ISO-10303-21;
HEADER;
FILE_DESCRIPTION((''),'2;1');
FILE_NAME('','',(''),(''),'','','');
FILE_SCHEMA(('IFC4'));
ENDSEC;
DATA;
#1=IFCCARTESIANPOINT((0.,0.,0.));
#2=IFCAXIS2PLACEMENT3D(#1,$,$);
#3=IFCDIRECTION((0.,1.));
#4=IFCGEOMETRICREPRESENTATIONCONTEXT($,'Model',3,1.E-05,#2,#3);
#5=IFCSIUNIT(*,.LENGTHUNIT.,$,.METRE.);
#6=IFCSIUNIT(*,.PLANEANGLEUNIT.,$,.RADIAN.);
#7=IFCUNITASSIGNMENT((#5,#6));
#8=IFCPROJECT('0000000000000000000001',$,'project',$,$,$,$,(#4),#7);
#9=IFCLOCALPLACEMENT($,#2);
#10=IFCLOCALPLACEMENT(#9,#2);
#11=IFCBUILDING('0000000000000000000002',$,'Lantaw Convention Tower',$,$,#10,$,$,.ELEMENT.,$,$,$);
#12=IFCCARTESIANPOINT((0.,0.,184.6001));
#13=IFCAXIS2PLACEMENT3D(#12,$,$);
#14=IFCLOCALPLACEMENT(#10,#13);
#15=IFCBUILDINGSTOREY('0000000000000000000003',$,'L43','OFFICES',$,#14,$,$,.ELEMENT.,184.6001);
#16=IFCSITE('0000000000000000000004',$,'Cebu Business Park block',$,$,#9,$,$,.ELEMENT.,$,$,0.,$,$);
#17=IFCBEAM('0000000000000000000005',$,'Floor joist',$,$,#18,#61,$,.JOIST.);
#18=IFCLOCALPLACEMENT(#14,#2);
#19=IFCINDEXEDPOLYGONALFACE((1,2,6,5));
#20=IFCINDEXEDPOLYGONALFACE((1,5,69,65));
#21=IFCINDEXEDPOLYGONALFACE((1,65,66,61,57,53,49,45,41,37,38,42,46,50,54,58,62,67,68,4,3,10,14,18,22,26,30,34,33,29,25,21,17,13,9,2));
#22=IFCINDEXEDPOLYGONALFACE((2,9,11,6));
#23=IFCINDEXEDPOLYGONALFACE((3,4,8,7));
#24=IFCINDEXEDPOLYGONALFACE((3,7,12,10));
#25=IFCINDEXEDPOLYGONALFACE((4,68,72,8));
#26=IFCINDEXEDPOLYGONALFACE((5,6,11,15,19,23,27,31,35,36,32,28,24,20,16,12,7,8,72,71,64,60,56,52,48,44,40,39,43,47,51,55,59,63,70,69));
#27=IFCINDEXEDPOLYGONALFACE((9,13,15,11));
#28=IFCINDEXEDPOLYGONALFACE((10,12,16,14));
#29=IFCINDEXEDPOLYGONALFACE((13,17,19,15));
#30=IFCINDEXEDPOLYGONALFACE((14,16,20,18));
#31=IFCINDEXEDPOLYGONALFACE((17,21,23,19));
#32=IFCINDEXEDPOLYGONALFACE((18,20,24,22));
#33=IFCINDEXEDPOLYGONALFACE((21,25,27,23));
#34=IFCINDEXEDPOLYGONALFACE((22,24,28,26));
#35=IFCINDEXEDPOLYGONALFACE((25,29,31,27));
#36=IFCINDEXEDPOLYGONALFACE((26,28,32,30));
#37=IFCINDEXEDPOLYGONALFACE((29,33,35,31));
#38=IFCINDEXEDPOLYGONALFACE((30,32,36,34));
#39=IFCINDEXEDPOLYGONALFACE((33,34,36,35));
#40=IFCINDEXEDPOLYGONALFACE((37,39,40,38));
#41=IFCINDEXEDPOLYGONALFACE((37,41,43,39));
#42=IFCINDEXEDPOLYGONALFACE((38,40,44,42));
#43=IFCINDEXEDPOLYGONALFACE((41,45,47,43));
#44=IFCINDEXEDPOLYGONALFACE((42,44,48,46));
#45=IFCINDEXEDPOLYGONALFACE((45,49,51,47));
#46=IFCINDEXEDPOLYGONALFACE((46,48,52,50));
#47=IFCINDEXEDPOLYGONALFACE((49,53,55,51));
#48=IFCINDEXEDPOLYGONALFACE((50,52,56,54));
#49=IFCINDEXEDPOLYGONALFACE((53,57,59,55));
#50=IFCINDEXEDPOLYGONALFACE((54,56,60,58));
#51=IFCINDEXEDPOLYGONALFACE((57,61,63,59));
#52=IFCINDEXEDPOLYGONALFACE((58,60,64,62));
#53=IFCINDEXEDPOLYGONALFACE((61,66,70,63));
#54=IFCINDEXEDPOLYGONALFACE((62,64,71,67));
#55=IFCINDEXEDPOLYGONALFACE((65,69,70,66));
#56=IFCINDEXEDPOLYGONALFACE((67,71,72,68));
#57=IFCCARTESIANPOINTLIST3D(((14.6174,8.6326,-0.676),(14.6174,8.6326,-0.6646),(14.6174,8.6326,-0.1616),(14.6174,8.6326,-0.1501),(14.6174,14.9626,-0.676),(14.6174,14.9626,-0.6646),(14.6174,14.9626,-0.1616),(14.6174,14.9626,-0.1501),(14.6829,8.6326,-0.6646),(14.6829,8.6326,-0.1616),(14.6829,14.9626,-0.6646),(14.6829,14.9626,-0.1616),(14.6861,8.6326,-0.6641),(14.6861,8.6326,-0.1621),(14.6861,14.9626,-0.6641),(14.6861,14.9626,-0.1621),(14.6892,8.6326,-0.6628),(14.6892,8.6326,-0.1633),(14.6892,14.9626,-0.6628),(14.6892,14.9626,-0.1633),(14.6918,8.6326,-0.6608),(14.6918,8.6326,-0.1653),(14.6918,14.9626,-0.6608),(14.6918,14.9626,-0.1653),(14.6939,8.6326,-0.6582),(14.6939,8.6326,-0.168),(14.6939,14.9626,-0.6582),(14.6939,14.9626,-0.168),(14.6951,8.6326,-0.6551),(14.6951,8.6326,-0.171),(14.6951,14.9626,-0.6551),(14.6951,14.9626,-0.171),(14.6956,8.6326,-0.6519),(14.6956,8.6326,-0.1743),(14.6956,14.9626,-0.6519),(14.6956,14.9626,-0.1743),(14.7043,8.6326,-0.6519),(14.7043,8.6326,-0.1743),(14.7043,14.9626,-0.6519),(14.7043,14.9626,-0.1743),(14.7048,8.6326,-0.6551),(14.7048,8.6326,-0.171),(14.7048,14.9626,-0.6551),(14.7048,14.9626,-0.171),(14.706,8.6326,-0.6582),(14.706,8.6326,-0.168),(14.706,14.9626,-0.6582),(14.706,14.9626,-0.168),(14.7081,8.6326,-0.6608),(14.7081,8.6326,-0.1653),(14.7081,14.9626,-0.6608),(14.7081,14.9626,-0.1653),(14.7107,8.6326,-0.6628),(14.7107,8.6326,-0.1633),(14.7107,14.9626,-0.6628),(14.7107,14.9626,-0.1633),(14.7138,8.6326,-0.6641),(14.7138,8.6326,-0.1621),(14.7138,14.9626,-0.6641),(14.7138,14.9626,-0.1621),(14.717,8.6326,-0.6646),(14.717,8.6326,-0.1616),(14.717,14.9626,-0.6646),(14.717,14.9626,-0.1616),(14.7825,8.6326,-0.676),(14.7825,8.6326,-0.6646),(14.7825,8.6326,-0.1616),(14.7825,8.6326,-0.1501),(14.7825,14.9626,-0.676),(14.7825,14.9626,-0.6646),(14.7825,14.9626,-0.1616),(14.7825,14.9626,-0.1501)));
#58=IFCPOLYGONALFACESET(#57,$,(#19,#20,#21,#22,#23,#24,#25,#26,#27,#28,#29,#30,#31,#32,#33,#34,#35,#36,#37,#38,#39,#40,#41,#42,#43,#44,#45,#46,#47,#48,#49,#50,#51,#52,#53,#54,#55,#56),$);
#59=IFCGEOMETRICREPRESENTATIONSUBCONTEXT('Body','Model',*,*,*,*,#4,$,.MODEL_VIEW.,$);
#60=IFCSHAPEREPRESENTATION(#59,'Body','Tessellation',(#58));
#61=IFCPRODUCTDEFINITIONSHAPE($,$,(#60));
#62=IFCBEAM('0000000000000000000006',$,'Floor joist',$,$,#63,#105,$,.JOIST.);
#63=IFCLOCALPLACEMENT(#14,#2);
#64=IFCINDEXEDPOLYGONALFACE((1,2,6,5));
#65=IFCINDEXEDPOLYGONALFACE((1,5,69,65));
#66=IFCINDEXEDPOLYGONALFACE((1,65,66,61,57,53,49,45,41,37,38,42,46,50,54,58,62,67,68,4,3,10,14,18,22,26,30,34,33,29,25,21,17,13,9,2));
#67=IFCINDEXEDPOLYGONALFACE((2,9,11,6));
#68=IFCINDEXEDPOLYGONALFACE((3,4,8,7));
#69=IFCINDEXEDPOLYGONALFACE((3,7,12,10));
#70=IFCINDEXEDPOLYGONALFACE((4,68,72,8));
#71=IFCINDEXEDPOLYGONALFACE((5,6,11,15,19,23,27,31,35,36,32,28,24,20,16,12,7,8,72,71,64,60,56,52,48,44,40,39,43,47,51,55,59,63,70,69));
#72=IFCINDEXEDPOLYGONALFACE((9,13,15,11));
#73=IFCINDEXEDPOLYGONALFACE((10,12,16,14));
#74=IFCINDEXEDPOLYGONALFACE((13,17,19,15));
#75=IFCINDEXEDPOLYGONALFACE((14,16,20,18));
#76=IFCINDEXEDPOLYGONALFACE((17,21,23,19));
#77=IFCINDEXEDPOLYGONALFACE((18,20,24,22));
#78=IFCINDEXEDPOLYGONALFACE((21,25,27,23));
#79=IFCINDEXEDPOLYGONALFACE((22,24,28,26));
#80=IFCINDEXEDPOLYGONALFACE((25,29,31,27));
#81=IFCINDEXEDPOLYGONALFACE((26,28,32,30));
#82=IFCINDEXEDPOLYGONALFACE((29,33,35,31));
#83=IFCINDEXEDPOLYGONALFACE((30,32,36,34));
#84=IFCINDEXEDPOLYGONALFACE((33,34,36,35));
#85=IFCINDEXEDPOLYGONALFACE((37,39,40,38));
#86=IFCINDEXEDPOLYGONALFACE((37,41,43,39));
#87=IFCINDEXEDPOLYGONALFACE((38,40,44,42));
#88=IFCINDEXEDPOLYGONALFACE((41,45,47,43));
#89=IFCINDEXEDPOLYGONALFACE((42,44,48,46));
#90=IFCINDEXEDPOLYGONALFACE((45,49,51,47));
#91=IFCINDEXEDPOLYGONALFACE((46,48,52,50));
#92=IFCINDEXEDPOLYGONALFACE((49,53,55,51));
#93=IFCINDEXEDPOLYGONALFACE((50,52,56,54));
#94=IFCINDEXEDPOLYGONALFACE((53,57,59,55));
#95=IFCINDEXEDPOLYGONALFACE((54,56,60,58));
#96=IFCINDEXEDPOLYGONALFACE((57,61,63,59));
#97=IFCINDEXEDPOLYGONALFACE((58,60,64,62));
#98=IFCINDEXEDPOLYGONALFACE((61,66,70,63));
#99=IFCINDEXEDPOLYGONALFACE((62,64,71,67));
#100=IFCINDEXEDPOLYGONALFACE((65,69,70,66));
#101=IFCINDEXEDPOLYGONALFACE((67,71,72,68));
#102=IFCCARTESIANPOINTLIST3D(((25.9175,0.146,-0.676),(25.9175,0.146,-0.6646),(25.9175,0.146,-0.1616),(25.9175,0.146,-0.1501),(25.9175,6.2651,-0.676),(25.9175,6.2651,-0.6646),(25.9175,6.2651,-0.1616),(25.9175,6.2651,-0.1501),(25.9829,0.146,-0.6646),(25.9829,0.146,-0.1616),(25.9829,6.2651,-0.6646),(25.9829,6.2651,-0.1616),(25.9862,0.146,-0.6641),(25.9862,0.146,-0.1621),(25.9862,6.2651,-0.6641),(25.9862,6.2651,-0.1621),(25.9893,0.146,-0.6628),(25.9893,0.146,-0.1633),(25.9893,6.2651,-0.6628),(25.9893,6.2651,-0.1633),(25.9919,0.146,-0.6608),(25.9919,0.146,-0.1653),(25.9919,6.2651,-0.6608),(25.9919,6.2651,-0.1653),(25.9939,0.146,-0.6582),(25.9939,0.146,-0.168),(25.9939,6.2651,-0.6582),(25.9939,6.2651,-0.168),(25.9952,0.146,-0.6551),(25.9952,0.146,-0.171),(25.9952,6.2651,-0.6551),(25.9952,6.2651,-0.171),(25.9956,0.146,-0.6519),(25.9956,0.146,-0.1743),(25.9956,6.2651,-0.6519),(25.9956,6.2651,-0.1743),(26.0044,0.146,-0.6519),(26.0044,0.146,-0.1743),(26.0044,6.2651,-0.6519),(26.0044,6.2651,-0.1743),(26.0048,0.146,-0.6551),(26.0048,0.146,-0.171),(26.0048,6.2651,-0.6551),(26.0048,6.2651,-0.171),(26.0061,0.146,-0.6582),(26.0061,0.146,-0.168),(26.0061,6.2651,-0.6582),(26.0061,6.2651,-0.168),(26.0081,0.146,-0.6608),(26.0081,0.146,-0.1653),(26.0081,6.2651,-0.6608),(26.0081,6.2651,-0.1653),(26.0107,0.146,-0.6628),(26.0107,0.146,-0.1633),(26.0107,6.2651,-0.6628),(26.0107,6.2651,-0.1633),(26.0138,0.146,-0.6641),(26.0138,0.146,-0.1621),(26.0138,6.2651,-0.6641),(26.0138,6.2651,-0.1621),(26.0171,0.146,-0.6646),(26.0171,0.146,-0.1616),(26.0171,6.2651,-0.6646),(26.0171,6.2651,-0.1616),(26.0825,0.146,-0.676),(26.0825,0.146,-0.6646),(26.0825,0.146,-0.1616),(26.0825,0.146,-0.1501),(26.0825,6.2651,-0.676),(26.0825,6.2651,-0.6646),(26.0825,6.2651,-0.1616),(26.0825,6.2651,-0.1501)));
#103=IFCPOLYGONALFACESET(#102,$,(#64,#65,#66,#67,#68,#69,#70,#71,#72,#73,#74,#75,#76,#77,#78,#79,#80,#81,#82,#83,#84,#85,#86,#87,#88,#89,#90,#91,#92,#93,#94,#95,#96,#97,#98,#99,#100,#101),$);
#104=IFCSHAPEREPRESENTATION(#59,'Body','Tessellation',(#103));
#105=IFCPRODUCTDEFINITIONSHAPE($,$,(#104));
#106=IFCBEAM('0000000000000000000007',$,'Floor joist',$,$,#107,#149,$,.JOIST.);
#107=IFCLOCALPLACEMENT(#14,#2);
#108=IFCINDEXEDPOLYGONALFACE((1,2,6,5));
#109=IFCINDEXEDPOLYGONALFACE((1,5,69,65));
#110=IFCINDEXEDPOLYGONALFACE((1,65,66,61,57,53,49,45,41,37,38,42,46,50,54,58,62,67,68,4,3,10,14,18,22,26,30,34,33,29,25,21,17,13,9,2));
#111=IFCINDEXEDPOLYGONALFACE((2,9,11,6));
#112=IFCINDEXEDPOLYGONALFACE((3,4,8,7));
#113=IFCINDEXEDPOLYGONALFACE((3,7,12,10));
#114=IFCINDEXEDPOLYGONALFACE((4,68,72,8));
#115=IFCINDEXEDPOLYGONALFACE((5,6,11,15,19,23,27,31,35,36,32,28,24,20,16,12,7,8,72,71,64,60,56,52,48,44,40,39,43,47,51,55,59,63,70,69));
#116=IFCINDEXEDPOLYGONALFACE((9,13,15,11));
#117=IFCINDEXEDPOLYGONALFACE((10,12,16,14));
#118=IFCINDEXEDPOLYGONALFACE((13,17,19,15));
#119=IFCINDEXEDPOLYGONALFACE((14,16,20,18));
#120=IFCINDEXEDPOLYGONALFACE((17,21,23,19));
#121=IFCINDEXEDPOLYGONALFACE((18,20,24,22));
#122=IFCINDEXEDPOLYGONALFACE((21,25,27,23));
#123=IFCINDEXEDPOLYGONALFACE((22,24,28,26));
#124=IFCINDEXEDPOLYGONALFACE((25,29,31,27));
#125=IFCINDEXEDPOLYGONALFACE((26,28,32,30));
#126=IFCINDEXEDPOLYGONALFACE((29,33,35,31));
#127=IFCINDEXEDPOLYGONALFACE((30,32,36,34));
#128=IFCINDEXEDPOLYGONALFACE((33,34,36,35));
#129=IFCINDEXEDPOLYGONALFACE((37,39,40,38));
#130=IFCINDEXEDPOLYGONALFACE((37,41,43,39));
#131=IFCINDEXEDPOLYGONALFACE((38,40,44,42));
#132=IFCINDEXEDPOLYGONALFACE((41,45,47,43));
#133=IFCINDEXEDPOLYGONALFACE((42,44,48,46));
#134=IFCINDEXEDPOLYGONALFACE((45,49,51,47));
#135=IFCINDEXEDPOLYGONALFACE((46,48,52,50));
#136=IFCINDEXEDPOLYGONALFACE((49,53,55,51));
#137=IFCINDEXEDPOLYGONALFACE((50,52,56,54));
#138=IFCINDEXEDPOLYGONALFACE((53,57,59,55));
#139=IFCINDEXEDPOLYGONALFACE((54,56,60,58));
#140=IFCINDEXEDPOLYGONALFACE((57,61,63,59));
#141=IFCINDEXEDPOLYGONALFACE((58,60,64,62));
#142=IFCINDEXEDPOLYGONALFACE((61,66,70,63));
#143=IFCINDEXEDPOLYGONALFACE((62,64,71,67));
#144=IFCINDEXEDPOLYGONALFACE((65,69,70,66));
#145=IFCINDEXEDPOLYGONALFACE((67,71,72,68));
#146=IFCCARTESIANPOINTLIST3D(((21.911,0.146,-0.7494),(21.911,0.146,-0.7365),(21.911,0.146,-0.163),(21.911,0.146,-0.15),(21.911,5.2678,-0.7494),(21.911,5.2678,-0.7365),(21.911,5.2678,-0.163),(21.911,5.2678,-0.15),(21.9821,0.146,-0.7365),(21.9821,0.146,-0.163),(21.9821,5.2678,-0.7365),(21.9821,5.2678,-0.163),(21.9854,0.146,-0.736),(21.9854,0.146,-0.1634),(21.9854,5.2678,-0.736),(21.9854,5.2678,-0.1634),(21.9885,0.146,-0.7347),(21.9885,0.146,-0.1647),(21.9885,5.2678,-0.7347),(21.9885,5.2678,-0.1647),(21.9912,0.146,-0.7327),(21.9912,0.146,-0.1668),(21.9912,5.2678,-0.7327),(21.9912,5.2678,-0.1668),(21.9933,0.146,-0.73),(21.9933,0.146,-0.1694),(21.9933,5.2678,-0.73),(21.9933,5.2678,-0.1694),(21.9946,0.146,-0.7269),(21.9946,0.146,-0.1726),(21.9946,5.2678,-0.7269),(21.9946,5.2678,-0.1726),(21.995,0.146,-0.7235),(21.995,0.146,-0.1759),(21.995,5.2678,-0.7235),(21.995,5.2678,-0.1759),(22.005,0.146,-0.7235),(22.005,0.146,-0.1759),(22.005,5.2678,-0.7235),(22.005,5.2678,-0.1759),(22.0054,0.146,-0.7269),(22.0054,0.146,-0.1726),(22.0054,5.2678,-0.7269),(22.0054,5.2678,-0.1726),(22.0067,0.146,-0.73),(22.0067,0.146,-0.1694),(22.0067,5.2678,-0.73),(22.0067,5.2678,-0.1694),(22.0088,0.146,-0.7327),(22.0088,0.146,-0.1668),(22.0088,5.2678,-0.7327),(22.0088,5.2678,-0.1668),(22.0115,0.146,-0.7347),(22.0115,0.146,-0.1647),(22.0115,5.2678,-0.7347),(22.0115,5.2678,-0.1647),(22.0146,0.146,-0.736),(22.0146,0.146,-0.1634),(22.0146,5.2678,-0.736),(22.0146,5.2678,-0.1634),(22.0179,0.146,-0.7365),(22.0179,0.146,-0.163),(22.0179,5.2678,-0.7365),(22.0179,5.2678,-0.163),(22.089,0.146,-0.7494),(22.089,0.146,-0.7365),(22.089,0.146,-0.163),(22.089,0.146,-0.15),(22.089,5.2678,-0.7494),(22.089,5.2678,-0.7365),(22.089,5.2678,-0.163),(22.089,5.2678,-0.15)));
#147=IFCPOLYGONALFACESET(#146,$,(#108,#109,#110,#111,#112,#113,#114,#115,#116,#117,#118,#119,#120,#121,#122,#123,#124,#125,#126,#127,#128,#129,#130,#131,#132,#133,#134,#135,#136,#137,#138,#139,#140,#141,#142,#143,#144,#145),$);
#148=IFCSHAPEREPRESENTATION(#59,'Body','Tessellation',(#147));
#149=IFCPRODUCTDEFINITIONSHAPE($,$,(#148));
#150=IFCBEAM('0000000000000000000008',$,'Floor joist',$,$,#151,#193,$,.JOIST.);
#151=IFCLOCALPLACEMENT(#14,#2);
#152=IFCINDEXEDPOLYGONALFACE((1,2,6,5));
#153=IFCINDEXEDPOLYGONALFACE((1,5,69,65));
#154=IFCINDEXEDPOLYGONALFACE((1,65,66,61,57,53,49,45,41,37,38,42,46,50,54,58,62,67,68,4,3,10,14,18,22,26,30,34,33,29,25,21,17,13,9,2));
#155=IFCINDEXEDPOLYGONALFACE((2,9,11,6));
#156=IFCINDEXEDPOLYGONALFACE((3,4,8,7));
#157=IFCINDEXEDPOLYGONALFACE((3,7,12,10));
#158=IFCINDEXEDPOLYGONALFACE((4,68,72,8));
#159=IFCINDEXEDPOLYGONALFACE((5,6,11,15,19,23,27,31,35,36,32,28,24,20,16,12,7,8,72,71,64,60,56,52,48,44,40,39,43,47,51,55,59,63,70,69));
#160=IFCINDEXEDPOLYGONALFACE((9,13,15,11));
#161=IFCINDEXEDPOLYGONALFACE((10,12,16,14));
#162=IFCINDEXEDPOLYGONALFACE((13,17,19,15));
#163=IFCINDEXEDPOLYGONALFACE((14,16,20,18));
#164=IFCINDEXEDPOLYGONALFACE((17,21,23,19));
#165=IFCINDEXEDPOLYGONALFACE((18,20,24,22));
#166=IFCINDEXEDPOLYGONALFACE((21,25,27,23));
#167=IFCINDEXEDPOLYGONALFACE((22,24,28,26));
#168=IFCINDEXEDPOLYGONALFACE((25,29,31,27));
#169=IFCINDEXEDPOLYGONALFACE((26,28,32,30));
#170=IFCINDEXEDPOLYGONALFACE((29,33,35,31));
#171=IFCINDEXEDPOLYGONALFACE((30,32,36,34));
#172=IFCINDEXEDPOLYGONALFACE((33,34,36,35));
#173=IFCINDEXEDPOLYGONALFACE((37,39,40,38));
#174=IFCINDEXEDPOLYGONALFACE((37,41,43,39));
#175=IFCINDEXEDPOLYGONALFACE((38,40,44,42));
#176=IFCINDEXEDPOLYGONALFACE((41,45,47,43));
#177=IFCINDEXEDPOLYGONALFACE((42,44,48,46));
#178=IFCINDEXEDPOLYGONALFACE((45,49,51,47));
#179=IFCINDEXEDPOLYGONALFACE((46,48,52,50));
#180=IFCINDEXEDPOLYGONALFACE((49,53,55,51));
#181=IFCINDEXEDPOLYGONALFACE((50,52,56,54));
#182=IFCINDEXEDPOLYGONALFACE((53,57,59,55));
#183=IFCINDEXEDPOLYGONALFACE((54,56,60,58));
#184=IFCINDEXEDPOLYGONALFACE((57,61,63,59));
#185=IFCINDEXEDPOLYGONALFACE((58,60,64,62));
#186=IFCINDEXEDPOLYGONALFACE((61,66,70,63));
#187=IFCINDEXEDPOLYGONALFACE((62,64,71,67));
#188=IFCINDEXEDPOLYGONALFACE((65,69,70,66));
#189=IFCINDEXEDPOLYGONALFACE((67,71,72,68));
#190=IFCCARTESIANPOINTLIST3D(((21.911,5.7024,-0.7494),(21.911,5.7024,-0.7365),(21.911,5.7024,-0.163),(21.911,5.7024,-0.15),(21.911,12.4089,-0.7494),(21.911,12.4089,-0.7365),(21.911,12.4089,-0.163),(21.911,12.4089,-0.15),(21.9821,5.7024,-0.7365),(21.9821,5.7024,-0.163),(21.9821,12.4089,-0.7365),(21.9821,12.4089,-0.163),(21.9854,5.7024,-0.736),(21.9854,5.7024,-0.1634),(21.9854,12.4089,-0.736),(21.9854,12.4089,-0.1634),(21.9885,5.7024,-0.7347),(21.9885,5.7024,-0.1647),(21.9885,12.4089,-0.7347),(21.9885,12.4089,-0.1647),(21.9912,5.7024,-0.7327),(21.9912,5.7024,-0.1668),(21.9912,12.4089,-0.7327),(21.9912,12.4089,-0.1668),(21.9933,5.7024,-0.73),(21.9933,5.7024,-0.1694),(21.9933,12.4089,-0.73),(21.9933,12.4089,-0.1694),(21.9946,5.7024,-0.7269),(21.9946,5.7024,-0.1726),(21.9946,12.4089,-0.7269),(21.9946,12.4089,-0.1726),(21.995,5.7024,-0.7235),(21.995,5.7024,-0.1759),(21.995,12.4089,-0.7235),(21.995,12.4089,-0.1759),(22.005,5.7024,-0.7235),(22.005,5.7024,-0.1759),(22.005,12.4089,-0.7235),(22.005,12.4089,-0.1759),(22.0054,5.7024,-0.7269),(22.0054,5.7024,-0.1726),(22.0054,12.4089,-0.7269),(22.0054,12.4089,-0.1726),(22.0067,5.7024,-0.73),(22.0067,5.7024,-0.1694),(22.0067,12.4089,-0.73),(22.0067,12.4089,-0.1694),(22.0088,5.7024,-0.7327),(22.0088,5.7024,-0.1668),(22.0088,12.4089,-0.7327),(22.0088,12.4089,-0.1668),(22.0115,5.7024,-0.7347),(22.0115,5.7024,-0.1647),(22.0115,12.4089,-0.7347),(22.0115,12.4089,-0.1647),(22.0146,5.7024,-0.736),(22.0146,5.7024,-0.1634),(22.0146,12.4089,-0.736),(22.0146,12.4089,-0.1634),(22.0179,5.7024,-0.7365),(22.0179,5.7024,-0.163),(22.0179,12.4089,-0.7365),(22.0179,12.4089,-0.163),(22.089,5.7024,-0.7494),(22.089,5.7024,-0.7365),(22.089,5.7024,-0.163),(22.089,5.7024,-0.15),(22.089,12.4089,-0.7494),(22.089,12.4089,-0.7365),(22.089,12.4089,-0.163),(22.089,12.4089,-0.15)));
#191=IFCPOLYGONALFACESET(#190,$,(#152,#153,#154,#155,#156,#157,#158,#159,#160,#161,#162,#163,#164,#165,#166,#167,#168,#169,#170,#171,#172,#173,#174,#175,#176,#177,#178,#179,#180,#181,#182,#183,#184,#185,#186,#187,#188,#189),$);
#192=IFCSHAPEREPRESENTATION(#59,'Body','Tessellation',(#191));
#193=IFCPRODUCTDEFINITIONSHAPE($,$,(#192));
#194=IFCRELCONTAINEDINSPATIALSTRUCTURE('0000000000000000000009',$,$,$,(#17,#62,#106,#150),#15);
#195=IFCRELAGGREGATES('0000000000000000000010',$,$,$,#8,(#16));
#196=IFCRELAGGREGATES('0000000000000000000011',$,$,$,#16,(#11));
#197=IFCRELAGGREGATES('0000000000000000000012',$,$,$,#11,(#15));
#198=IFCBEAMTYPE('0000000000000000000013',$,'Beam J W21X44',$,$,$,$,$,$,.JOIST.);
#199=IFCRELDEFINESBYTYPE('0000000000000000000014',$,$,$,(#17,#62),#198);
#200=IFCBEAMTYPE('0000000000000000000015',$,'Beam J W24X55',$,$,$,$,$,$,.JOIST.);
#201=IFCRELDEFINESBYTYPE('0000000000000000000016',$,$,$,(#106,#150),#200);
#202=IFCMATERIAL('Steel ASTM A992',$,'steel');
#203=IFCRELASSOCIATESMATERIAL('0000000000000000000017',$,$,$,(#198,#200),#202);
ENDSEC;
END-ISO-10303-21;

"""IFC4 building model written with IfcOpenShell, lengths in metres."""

from ifc_helpers import new_model, si_unit, direction, frame, origin, origin_2d, place, context, subcontext, project, spatial, i_section, extrude, material, material_profile, profile_set, type_object, element, save


model = new_model("IFC4")

# Units and contexts
model_context = context("Model", 3, precision=1e-05, world=origin(), true_north=direction((0.0, 1.0)))
body_context = subcontext(model_context, "Body", "Model", "MODEL_VIEW")
ifc_project = project(units=[si_unit("LENGTHUNIT", "METRE"), si_unit("PLANEANGLEUNIT", "RADIAN")], contexts=[model_context])

# Site, building, storey
site_placement = place(None, origin())
site = spatial("IfcSite", under=ifc_project, at=site_placement, Name="Cebu Business Park block", CompositionType="ELEMENT", RefElevation=0.0)
building_placement = place(site_placement, origin())
building = spatial("IfcBuilding", under=site, at=building_placement, Name="Lantaw Convention Tower", CompositionType="ELEMENT")
storey_placement = place(building_placement, frame((0.0, 0.0, 184.6001)))
storey = spatial("IfcBuildingStorey", under=building, at=storey_placement, Name="L43", Description="OFFICES", CompositionType="ELEMENT", Elevation=184.6001)

# Beams
ifc_material_1 = material(Name="Steel ASTM A992", Category="steel")
ifc_material_profile_1 = material_profile(ifc_material_1, i_section(OverallWidth=0.165, OverallDepth=0.5259, WebThickness=0.0088, FlangeThickness=0.0115, FilletRadius=0.0127, at=origin_2d()), Name="W21X44")
ifc_profile_set_1 = profile_set([ifc_material_profile_1], Name="Steel ASTM A992")
beam_type_1 = type_object("IfcBeamType", Name="Beam J W21X44", PredefinedType="JOIST", material=ifc_profile_set_1)
beam_1_placement = place(storey_placement, frame((14.7, 8.6326, -0.4131), z_axis=(0.0, 1.0, 0.0), x_axis=(-1.0, 0.0, 0.0)))
element("IfcBeam", 1, at=beam_1_placement, inside=storey, type_object=beam_type_1, Name="Floor joist", PredefinedType="JOIST", context=body_context, shape_type="SweptSolid", body=[
    extrude(i_section(OverallWidth=0.165, OverallDepth=0.5259, WebThickness=0.0088, FlangeThickness=0.0115, FilletRadius=0.0127, at=origin_2d()), origin(), (0.0, 0.0, 1.0), 6.3301),
])
beam_2_placement = place(storey_placement, frame((26.0, 0.146, -0.4131), z_axis=(0.0, 1.0, 0.0), x_axis=(-1.0, 0.0, 0.0)))
element("IfcBeam", 2, at=beam_2_placement, inside=storey, type_object=beam_type_1, Name="Floor joist", PredefinedType="JOIST", context=body_context, shape_type="SweptSolid", body=[
    extrude(i_section(OverallWidth=0.165, OverallDepth=0.5259, WebThickness=0.0088, FlangeThickness=0.0115, FilletRadius=0.0127, at=origin_2d()), origin(), (0.0, 0.0, 1.0), 6.1191),
])
ifc_material_profile_2 = material_profile(ifc_material_1, i_section(OverallWidth=0.178, OverallDepth=0.5994, WebThickness=0.01, FlangeThickness=0.0129, FilletRadius=0.0129, at=origin_2d()), Name="W24X55")
ifc_profile_set_2 = profile_set([ifc_material_profile_2], Name="Steel ASTM A992")
beam_type_2 = type_object("IfcBeamType", Name="Beam J W24X55", PredefinedType="JOIST", material=ifc_profile_set_2)
beam_3_placement = place(storey_placement, frame((22.0, 0.146, -0.4497), z_axis=(0.0, 1.0, 0.0), x_axis=(-1.0, 0.0, 0.0)))
element("IfcBeam", 3, at=beam_3_placement, inside=storey, type_object=beam_type_2, Name="Floor joist", PredefinedType="JOIST", context=body_context, shape_type="SweptSolid", body=[
    extrude(i_section(OverallWidth=0.178, OverallDepth=0.5994, WebThickness=0.01, FlangeThickness=0.0129, FilletRadius=0.0129, at=origin_2d()), origin(), (0.0, 0.0, 1.0), 5.1218),
])
beam_4_placement = place(storey_placement, frame((22.0, 5.7024, -0.4497), z_axis=(0.0, 1.0, 0.0), x_axis=(-1.0, 0.0, 0.0)))
element("IfcBeam", 4, at=beam_4_placement, inside=storey, type_object=beam_type_2, Name="Floor joist", PredefinedType="JOIST", context=body_context, shape_type="SweptSolid", body=[
    extrude(i_section(OverallWidth=0.178, OverallDepth=0.5994, WebThickness=0.01, FlangeThickness=0.0129, FilletRadius=0.0129, at=origin_2d()), origin(), (0.0, 0.0, 1.0), 6.7065),
])

save(model, "model.ifc")
